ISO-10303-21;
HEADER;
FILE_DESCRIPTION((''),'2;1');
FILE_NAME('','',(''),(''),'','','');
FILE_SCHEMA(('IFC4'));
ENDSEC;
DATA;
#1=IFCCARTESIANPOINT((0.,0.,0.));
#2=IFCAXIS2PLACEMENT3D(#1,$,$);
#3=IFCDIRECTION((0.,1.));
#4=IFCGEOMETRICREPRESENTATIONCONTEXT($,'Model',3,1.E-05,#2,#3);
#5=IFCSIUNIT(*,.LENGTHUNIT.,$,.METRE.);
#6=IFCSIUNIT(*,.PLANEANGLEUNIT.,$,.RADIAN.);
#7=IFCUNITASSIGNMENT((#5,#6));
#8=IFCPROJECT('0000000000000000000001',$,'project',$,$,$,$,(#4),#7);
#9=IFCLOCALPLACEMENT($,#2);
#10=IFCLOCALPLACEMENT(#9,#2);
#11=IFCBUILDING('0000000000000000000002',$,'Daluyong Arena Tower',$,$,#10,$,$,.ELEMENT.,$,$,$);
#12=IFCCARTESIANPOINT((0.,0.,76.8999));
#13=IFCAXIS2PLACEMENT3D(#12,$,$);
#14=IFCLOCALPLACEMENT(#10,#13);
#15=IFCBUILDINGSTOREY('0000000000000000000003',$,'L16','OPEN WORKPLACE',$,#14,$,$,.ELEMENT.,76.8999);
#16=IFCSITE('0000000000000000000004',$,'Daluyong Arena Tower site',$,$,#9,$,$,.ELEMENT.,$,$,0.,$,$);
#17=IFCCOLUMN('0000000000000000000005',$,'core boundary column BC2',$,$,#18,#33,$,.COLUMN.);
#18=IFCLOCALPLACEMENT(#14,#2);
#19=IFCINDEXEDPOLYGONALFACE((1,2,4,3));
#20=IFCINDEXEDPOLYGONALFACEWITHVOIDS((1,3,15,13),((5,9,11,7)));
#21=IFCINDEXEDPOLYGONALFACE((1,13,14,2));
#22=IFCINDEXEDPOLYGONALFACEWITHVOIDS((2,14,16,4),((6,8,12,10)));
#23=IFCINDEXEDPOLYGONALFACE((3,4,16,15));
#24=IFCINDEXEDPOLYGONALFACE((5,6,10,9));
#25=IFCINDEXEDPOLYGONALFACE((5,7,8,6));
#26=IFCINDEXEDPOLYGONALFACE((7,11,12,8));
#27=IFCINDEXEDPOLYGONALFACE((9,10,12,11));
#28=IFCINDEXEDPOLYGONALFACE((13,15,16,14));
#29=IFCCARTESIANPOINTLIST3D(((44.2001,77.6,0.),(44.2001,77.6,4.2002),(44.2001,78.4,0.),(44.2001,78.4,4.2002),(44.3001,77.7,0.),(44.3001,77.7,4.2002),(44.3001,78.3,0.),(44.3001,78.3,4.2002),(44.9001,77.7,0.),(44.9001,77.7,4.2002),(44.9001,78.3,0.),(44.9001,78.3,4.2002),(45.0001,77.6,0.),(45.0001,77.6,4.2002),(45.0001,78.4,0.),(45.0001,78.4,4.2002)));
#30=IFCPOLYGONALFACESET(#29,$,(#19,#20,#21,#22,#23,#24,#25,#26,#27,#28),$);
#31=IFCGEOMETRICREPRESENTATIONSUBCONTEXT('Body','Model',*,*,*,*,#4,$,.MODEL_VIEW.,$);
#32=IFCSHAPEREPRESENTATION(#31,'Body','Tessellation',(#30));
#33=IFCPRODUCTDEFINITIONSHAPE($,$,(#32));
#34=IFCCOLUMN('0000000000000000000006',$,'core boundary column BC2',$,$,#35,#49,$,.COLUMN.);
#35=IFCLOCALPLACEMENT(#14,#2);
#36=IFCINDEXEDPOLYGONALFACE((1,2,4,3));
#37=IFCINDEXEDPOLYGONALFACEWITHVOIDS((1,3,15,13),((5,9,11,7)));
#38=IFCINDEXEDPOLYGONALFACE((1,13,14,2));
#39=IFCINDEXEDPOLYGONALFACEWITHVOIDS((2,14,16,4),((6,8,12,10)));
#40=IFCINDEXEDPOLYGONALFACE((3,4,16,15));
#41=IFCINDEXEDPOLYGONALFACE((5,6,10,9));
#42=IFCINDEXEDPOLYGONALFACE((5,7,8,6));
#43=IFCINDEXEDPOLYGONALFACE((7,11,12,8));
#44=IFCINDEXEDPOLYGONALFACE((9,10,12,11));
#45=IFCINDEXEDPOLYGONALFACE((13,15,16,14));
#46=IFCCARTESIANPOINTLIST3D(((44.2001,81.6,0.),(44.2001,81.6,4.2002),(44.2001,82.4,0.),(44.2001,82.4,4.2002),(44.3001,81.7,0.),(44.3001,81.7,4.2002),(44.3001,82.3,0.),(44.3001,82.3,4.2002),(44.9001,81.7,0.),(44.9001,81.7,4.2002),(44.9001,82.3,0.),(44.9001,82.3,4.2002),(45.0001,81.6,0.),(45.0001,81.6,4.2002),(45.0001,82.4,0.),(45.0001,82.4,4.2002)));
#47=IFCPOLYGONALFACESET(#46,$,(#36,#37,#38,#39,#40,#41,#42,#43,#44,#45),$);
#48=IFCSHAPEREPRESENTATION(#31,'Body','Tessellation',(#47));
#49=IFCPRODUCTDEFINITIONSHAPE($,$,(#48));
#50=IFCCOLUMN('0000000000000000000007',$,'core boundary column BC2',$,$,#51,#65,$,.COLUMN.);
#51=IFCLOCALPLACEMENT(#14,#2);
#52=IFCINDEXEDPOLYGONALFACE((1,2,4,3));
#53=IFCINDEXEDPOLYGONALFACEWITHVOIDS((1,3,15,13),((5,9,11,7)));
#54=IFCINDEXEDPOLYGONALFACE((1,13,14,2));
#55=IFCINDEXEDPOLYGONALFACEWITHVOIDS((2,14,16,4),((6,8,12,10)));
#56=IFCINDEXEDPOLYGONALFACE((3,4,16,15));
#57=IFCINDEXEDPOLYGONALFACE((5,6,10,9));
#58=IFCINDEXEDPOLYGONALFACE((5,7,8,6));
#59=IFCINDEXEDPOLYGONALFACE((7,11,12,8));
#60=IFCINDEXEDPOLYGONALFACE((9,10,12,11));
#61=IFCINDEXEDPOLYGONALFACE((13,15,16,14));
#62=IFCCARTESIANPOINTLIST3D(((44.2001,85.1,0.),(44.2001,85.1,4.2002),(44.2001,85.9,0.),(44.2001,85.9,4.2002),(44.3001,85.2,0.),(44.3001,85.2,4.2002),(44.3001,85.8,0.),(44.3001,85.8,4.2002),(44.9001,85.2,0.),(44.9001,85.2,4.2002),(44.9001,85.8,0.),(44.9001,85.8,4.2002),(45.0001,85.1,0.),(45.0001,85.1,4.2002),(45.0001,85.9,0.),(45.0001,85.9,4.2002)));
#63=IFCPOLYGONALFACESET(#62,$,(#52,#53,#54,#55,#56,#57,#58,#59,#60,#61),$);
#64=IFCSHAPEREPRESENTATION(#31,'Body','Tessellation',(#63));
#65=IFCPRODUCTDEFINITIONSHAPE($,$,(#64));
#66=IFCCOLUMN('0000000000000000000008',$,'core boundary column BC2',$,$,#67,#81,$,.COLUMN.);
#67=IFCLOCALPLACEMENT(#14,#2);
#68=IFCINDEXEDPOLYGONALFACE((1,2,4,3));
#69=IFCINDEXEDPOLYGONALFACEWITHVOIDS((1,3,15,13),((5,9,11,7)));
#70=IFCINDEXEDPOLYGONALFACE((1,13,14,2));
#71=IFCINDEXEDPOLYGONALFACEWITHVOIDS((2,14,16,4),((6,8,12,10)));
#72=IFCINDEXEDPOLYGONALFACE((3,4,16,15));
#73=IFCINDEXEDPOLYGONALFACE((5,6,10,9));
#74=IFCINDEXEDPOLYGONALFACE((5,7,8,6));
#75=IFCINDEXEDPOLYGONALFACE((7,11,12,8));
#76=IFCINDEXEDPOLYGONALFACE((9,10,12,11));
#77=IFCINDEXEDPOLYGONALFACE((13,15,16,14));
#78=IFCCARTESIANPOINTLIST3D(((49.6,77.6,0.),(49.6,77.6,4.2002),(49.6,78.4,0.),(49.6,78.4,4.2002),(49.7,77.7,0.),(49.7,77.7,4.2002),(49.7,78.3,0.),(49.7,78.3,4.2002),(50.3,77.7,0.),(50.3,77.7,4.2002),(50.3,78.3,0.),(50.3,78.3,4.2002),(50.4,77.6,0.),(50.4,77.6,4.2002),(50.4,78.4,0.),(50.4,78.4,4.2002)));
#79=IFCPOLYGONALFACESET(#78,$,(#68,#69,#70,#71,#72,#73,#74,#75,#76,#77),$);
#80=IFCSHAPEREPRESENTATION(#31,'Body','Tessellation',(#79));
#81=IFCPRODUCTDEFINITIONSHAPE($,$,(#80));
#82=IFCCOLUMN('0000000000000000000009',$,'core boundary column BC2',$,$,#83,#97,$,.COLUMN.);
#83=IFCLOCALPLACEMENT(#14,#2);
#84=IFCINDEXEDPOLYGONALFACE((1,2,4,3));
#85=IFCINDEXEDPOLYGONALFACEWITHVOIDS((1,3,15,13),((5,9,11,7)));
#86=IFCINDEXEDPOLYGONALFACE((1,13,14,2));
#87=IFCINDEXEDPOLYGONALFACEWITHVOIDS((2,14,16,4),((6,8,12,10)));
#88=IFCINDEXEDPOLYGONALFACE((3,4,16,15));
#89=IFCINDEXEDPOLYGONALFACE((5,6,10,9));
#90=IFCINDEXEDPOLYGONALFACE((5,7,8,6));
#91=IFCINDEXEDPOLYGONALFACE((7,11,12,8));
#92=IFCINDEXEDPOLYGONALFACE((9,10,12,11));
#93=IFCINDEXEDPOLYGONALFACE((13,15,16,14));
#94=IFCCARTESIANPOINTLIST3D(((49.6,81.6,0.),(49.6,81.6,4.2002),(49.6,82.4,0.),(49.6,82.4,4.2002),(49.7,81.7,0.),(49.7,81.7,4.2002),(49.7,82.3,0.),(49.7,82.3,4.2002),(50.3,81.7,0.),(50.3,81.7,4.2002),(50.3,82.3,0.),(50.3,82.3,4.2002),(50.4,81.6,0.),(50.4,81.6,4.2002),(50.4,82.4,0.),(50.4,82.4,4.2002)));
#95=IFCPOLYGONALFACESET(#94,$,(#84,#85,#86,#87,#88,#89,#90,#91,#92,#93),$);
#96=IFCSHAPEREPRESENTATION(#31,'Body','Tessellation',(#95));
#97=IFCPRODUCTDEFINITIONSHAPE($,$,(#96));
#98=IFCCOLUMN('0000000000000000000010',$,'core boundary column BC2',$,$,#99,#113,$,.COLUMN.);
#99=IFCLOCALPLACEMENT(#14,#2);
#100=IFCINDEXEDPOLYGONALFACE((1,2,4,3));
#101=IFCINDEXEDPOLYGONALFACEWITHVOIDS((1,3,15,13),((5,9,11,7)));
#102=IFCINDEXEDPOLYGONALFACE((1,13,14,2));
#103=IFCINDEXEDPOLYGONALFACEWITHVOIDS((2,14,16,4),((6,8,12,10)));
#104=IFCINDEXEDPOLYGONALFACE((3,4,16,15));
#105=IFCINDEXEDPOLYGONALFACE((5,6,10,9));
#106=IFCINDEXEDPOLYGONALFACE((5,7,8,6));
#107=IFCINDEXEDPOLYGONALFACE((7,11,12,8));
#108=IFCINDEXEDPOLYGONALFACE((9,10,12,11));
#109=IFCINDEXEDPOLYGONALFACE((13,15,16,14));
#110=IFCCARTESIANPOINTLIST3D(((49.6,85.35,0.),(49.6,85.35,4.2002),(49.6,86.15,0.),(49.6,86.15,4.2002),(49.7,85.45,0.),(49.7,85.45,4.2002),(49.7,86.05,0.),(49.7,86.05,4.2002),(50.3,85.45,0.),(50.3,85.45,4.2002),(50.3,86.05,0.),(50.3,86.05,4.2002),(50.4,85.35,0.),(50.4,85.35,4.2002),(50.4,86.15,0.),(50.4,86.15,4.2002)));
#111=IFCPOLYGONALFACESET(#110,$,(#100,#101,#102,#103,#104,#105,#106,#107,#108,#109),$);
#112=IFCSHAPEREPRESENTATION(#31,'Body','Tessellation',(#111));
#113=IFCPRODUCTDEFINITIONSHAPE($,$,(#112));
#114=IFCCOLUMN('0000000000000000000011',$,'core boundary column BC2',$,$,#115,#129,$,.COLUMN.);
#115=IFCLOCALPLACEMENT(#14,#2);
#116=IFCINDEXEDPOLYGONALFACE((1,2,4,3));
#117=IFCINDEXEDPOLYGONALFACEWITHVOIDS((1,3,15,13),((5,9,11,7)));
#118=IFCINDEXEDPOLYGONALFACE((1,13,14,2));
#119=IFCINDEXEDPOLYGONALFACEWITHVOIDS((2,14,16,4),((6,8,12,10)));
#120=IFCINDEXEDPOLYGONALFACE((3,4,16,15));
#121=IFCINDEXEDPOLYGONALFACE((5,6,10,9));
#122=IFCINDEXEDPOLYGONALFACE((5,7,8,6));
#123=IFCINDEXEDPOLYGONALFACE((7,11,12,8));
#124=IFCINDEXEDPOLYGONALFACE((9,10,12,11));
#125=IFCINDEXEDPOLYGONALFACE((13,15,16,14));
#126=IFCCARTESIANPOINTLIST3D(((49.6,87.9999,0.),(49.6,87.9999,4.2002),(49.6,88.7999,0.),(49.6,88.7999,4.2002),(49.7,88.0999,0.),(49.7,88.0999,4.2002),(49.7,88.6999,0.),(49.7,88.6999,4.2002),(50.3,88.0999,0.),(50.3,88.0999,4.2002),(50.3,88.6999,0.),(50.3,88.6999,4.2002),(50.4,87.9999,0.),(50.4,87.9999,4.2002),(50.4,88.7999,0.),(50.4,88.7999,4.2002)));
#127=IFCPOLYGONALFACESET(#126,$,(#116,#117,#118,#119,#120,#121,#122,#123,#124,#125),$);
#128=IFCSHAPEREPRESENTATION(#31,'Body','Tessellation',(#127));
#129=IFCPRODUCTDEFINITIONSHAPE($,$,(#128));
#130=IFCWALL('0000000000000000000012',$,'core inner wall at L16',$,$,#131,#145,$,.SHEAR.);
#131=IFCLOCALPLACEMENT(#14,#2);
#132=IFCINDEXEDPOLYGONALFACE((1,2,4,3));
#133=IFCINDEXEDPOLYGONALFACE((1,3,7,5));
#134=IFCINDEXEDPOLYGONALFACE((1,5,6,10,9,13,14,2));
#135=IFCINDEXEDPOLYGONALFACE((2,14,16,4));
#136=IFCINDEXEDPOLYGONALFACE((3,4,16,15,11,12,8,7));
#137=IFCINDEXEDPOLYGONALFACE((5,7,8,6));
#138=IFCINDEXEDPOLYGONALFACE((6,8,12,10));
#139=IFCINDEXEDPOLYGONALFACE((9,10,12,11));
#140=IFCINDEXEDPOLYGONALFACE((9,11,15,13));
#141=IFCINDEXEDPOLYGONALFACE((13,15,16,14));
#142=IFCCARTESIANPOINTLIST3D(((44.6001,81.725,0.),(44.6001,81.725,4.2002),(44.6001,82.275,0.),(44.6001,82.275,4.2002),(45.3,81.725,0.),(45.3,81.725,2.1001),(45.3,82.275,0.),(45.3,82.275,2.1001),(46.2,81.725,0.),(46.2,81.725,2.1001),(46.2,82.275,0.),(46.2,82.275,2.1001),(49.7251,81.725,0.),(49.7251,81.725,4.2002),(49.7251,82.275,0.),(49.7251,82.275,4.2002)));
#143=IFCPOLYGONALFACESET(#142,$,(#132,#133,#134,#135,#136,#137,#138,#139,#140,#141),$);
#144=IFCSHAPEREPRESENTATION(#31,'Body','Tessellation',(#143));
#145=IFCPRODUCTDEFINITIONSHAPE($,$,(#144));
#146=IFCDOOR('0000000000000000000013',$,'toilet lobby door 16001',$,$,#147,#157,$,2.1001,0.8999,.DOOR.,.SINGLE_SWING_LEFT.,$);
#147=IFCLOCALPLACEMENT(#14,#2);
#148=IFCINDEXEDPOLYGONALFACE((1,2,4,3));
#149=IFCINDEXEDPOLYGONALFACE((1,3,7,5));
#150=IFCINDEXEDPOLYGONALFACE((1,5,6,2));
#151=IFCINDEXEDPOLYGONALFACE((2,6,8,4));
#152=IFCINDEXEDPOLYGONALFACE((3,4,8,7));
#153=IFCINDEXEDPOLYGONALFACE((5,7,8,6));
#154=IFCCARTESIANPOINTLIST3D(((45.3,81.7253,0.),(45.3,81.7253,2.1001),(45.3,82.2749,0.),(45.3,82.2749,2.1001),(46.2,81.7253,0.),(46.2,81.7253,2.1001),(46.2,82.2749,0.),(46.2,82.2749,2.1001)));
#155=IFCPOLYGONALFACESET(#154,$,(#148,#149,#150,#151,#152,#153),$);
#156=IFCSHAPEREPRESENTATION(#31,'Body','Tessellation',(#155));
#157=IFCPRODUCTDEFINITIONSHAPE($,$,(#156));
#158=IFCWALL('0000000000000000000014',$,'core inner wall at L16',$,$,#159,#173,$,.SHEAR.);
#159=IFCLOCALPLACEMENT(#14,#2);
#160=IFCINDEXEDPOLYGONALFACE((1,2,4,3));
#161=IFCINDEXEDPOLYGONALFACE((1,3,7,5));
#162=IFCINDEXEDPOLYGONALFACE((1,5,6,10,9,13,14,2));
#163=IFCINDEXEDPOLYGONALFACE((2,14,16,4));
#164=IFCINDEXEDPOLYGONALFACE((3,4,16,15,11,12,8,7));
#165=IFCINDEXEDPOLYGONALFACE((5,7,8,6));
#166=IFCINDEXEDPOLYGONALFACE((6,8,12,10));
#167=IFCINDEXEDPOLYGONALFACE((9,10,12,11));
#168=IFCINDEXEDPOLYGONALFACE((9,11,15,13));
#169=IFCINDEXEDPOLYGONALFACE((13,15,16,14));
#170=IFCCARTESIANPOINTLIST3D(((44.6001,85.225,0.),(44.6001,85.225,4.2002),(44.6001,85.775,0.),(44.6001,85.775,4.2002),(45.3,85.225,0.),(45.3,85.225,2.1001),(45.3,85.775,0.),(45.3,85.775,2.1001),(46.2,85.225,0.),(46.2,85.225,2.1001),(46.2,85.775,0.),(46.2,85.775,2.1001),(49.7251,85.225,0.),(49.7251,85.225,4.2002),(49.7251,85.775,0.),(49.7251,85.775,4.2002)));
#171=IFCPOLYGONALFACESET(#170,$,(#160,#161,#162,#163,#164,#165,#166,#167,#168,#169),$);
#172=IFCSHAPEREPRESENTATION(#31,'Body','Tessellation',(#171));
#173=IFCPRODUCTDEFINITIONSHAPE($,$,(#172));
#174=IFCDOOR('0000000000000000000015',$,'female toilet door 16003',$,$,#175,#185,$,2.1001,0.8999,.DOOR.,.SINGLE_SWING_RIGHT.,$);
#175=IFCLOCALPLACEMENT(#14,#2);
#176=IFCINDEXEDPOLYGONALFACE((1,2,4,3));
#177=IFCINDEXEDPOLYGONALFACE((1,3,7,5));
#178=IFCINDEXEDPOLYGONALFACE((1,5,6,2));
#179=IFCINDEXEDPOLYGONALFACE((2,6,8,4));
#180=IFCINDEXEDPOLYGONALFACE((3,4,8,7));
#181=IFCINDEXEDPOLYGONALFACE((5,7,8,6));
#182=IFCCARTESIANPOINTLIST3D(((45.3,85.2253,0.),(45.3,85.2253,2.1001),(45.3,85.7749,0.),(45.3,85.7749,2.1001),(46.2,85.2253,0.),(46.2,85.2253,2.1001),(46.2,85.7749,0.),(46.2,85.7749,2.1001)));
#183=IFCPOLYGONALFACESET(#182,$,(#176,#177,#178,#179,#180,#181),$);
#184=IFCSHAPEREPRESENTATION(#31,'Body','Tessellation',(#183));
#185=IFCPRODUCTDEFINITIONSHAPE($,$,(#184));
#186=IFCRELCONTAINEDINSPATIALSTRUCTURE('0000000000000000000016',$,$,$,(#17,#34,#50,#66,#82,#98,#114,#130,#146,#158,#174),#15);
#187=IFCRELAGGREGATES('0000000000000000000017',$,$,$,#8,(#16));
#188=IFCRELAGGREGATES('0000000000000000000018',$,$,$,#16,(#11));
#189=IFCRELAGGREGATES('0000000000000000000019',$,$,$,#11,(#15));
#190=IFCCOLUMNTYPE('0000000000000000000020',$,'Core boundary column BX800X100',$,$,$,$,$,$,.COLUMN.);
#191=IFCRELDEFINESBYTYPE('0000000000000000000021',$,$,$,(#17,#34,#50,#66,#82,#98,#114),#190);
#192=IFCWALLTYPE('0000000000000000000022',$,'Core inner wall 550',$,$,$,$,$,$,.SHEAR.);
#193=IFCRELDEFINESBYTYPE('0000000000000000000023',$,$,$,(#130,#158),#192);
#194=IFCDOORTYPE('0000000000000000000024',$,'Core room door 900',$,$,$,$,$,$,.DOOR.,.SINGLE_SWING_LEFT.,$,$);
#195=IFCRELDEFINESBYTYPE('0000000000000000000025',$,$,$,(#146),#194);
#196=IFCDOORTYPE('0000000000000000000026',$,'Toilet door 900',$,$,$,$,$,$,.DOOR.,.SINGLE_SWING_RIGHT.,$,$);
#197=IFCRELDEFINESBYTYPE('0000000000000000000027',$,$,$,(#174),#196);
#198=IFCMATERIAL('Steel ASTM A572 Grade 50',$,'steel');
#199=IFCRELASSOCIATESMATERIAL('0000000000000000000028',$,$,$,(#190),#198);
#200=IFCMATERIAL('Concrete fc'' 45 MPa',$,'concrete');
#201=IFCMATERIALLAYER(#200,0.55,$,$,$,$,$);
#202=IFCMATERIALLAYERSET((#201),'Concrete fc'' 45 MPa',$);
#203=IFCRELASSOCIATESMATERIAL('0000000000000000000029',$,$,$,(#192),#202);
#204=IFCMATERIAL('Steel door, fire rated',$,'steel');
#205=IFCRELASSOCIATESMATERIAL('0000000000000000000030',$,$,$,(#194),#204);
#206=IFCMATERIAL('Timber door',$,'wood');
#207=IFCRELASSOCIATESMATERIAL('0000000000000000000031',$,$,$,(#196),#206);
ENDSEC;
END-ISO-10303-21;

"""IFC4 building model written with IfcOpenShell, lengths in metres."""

from ifc_helpers import new_model, si_unit, direction, frame, frame_2d, origin, origin_2d, place, context, subcontext, project, spatial, rectangle, hollow_rectangle, extrude, material, layer, layer_set, material_profile, profile_set, type_object, element, fill, save


model = new_model("IFC4")

# Units and contexts
model_context = context("Model", 3, precision=1e-05, world=origin(), true_north=direction((0.0, 1.0)))
body_context = subcontext(model_context, "Body", "Model", "MODEL_VIEW")
ifc_project = project(units=[si_unit("LENGTHUNIT", "METRE"), si_unit("PLANEANGLEUNIT", "RADIAN")], contexts=[model_context])

# Site, building, storey
site_placement = place(None, origin())
site = spatial("IfcSite", under=ifc_project, at=site_placement, Name="Daluyong Arena Tower site", CompositionType="ELEMENT", RefElevation=0.0)
building_placement = place(site_placement, origin())
building = spatial("IfcBuilding", under=site, at=building_placement, Name="Daluyong Arena Tower", CompositionType="ELEMENT")
storey_placement = place(building_placement, frame((0.0, 0.0, 76.8999)))
storey = spatial("IfcBuildingStorey", under=building, at=storey_placement, Name="L16", Description="OPEN WORKPLACE", CompositionType="ELEMENT", Elevation=76.8999)

# Columns
ifc_material_1 = material(Name="Steel ASTM A572 Grade 50", Category="steel")
ifc_material_profile = material_profile(ifc_material_1, hollow_rectangle(XDim=0.8, YDim=0.8, WallThickness=0.1, at=origin_2d()))
ifc_profile_set = profile_set([ifc_material_profile], Name="Steel ASTM A572 Grade 50")
column_type = type_object("IfcColumnType", Name="Core boundary column BX800X100", PredefinedType="COLUMN", material=ifc_profile_set)
for number, where, z_axis, x_axis, name in (
    (1, (44.6001, 78.0, 0.0), (0.0, 0.0, 1.0), (1.0, 0.0, 0.0), "core boundary column BC2"),
    (2, (44.6001, 82.0, 0.0), (0.0, 0.0, 1.0), (1.0, 0.0, 0.0), "core boundary column BC2"),
    (3, (44.6001, 85.5, 0.0), (0.0, 0.0, 1.0), (1.0, 0.0, 0.0), "core boundary column BC2"),
    (4, (50.0, 78.0, 0.0), (0.0, 0.0, 1.0), (1.0, 0.0, 0.0), "core boundary column BC2"),
    (5, (50.0, 82.0, 0.0), (0.0, 0.0, 1.0), (1.0, 0.0, 0.0), "core boundary column BC2"),
    (6, (50.0, 85.75, 0.0), (0.0, 0.0, 1.0), (1.0, 0.0, 0.0), "core boundary column BC2"),
    (7, (50.0, 88.3999, 0.0), (0.0, 0.0, 1.0), (1.0, 0.0, 0.0), "core boundary column BC2"),
):
    element("IfcColumn", number, at=place(storey_placement, frame(where, z_axis=z_axis, x_axis=x_axis)), inside=storey, type_object=column_type, Name=name, PredefinedType="COLUMN", context=body_context, shape_type="SweptSolid", body=[
        extrude(hollow_rectangle(XDim=0.8, YDim=0.8, WallThickness=0.1, at=origin_2d()), origin(), (0.0, 0.0, 1.0), 4.2002),
    ])

# Walls, openings, doors
ifc_material_2 = material(Name="Concrete fc' 45 MPa", Category="concrete")
ifc_layer_1 = layer(ifc_material_2, 0.55)
ifc_layer_set_1 = layer_set([ifc_layer_1], Name="Concrete fc' 45 MPa")
wall_type_1 = type_object("IfcWallType", Name="Core inner wall 550", PredefinedType="SHEAR", material=ifc_layer_set_1)
wall_1_placement = place(storey_placement, frame((44.6001, 82.0, 0.0), z_axis=(0.0, 0.0, 1.0), x_axis=(1.0, 0.0, 0.0)))
wall_1 = element("IfcWall", 8, at=wall_1_placement, inside=storey, type_object=wall_type_1, Name="core inner wall at L16", PredefinedType="SHEAR", context=body_context, shape_type="SweptSolid", body=[
    extrude(rectangle(XDim=5.125, YDim=0.55, at=frame_2d((2.5625, 0.0))), origin(), (0.0, 0.0, 1.0), 4.2002),
])
opening_1_placement = place(wall_1_placement, frame((0.7, 0.0, 0.0)))
opening_1 = element("IfcOpeningElement", 9, at=opening_1_placement, cuts=wall_1, PredefinedType="OPENING", context=body_context, shape_type="SweptSolid", body=[
    extrude(rectangle(XDim=0.8999, YDim=2.1001, at=frame_2d((0.45, 1.05))), frame((0.0, 0.2849, 0.0), z_axis=(0.0, -1.0, 0.0), x_axis=(1.0, 0.0, 0.0)), (0.0, 0.0, 1.0), 0.5701),
])
ifc_material_3 = material(Name="Steel door, fire rated", Category="steel")
door_type_1 = type_object("IfcDoorType", Name="Core room door 900", OperationType="SINGLE_SWING_LEFT", PredefinedType="DOOR", material=ifc_material_3)
door_1_placement = place(opening_1_placement, origin())
door_1 = element("IfcDoor", 10, at=door_1_placement, inside=storey, type_object=door_type_1, Name="toilet lobby door 16001", OperationType="SINGLE_SWING_LEFT", OverallHeight=2.1001, OverallWidth=0.8999, PredefinedType="DOOR", context=body_context, shape_type="SweptSolid", body=[
    extrude(rectangle(XDim=0.8999, YDim=2.1001, at=frame_2d((0.45, 1.05))), frame((0.0, 0.2749, 0.0), z_axis=(0.0, -1.0, 0.0), x_axis=(1.0, 0.0, 0.0)), (0.0, 0.0, 1.0), 0.5496),
])
fill(opening_1, door_1)
wall_2_placement = place(storey_placement, frame((44.6001, 85.5, 0.0), z_axis=(0.0, 0.0, 1.0), x_axis=(1.0, 0.0, 0.0)))
wall_2 = element("IfcWall", 11, at=wall_2_placement, inside=storey, type_object=wall_type_1, Name="core inner wall at L16", PredefinedType="SHEAR", context=body_context, shape_type="SweptSolid", body=[
    extrude(rectangle(XDim=5.125, YDim=0.55, at=frame_2d((2.5625, 0.0))), origin(), (0.0, 0.0, 1.0), 4.2002),
])
opening_2_placement = place(wall_2_placement, frame((0.7, 0.0, 0.0)))
opening_2 = element("IfcOpeningElement", 12, at=opening_2_placement, cuts=wall_2, PredefinedType="OPENING", context=body_context, shape_type="SweptSolid", body=[
    extrude(rectangle(XDim=0.8999, YDim=2.1001, at=frame_2d((0.45, 1.05))), frame((0.0, 0.2849, 0.0), z_axis=(0.0, -1.0, 0.0), x_axis=(1.0, 0.0, 0.0)), (0.0, 0.0, 1.0), 0.5701),
])
ifc_material_4 = material(Name="Timber door", Category="wood")
door_type_2 = type_object("IfcDoorType", Name="Toilet door 900", OperationType="SINGLE_SWING_RIGHT", PredefinedType="DOOR", material=ifc_material_4)
door_2_placement = place(opening_2_placement, origin())
door_2 = element("IfcDoor", 13, at=door_2_placement, inside=storey, type_object=door_type_2, Name="female toilet door 16003", OperationType="SINGLE_SWING_RIGHT", OverallHeight=2.1001, OverallWidth=0.8999, PredefinedType="DOOR", context=body_context, shape_type="SweptSolid", body=[
    extrude(rectangle(XDim=0.8999, YDim=2.1001, at=frame_2d((0.45, 1.05))), frame((0.0, 0.2749, 0.0), z_axis=(0.0, -1.0, 0.0), x_axis=(1.0, 0.0, 0.0)), (0.0, 0.0, 1.0), 0.5496),
])
fill(opening_2, door_2)

save(model, "model.ifc")
